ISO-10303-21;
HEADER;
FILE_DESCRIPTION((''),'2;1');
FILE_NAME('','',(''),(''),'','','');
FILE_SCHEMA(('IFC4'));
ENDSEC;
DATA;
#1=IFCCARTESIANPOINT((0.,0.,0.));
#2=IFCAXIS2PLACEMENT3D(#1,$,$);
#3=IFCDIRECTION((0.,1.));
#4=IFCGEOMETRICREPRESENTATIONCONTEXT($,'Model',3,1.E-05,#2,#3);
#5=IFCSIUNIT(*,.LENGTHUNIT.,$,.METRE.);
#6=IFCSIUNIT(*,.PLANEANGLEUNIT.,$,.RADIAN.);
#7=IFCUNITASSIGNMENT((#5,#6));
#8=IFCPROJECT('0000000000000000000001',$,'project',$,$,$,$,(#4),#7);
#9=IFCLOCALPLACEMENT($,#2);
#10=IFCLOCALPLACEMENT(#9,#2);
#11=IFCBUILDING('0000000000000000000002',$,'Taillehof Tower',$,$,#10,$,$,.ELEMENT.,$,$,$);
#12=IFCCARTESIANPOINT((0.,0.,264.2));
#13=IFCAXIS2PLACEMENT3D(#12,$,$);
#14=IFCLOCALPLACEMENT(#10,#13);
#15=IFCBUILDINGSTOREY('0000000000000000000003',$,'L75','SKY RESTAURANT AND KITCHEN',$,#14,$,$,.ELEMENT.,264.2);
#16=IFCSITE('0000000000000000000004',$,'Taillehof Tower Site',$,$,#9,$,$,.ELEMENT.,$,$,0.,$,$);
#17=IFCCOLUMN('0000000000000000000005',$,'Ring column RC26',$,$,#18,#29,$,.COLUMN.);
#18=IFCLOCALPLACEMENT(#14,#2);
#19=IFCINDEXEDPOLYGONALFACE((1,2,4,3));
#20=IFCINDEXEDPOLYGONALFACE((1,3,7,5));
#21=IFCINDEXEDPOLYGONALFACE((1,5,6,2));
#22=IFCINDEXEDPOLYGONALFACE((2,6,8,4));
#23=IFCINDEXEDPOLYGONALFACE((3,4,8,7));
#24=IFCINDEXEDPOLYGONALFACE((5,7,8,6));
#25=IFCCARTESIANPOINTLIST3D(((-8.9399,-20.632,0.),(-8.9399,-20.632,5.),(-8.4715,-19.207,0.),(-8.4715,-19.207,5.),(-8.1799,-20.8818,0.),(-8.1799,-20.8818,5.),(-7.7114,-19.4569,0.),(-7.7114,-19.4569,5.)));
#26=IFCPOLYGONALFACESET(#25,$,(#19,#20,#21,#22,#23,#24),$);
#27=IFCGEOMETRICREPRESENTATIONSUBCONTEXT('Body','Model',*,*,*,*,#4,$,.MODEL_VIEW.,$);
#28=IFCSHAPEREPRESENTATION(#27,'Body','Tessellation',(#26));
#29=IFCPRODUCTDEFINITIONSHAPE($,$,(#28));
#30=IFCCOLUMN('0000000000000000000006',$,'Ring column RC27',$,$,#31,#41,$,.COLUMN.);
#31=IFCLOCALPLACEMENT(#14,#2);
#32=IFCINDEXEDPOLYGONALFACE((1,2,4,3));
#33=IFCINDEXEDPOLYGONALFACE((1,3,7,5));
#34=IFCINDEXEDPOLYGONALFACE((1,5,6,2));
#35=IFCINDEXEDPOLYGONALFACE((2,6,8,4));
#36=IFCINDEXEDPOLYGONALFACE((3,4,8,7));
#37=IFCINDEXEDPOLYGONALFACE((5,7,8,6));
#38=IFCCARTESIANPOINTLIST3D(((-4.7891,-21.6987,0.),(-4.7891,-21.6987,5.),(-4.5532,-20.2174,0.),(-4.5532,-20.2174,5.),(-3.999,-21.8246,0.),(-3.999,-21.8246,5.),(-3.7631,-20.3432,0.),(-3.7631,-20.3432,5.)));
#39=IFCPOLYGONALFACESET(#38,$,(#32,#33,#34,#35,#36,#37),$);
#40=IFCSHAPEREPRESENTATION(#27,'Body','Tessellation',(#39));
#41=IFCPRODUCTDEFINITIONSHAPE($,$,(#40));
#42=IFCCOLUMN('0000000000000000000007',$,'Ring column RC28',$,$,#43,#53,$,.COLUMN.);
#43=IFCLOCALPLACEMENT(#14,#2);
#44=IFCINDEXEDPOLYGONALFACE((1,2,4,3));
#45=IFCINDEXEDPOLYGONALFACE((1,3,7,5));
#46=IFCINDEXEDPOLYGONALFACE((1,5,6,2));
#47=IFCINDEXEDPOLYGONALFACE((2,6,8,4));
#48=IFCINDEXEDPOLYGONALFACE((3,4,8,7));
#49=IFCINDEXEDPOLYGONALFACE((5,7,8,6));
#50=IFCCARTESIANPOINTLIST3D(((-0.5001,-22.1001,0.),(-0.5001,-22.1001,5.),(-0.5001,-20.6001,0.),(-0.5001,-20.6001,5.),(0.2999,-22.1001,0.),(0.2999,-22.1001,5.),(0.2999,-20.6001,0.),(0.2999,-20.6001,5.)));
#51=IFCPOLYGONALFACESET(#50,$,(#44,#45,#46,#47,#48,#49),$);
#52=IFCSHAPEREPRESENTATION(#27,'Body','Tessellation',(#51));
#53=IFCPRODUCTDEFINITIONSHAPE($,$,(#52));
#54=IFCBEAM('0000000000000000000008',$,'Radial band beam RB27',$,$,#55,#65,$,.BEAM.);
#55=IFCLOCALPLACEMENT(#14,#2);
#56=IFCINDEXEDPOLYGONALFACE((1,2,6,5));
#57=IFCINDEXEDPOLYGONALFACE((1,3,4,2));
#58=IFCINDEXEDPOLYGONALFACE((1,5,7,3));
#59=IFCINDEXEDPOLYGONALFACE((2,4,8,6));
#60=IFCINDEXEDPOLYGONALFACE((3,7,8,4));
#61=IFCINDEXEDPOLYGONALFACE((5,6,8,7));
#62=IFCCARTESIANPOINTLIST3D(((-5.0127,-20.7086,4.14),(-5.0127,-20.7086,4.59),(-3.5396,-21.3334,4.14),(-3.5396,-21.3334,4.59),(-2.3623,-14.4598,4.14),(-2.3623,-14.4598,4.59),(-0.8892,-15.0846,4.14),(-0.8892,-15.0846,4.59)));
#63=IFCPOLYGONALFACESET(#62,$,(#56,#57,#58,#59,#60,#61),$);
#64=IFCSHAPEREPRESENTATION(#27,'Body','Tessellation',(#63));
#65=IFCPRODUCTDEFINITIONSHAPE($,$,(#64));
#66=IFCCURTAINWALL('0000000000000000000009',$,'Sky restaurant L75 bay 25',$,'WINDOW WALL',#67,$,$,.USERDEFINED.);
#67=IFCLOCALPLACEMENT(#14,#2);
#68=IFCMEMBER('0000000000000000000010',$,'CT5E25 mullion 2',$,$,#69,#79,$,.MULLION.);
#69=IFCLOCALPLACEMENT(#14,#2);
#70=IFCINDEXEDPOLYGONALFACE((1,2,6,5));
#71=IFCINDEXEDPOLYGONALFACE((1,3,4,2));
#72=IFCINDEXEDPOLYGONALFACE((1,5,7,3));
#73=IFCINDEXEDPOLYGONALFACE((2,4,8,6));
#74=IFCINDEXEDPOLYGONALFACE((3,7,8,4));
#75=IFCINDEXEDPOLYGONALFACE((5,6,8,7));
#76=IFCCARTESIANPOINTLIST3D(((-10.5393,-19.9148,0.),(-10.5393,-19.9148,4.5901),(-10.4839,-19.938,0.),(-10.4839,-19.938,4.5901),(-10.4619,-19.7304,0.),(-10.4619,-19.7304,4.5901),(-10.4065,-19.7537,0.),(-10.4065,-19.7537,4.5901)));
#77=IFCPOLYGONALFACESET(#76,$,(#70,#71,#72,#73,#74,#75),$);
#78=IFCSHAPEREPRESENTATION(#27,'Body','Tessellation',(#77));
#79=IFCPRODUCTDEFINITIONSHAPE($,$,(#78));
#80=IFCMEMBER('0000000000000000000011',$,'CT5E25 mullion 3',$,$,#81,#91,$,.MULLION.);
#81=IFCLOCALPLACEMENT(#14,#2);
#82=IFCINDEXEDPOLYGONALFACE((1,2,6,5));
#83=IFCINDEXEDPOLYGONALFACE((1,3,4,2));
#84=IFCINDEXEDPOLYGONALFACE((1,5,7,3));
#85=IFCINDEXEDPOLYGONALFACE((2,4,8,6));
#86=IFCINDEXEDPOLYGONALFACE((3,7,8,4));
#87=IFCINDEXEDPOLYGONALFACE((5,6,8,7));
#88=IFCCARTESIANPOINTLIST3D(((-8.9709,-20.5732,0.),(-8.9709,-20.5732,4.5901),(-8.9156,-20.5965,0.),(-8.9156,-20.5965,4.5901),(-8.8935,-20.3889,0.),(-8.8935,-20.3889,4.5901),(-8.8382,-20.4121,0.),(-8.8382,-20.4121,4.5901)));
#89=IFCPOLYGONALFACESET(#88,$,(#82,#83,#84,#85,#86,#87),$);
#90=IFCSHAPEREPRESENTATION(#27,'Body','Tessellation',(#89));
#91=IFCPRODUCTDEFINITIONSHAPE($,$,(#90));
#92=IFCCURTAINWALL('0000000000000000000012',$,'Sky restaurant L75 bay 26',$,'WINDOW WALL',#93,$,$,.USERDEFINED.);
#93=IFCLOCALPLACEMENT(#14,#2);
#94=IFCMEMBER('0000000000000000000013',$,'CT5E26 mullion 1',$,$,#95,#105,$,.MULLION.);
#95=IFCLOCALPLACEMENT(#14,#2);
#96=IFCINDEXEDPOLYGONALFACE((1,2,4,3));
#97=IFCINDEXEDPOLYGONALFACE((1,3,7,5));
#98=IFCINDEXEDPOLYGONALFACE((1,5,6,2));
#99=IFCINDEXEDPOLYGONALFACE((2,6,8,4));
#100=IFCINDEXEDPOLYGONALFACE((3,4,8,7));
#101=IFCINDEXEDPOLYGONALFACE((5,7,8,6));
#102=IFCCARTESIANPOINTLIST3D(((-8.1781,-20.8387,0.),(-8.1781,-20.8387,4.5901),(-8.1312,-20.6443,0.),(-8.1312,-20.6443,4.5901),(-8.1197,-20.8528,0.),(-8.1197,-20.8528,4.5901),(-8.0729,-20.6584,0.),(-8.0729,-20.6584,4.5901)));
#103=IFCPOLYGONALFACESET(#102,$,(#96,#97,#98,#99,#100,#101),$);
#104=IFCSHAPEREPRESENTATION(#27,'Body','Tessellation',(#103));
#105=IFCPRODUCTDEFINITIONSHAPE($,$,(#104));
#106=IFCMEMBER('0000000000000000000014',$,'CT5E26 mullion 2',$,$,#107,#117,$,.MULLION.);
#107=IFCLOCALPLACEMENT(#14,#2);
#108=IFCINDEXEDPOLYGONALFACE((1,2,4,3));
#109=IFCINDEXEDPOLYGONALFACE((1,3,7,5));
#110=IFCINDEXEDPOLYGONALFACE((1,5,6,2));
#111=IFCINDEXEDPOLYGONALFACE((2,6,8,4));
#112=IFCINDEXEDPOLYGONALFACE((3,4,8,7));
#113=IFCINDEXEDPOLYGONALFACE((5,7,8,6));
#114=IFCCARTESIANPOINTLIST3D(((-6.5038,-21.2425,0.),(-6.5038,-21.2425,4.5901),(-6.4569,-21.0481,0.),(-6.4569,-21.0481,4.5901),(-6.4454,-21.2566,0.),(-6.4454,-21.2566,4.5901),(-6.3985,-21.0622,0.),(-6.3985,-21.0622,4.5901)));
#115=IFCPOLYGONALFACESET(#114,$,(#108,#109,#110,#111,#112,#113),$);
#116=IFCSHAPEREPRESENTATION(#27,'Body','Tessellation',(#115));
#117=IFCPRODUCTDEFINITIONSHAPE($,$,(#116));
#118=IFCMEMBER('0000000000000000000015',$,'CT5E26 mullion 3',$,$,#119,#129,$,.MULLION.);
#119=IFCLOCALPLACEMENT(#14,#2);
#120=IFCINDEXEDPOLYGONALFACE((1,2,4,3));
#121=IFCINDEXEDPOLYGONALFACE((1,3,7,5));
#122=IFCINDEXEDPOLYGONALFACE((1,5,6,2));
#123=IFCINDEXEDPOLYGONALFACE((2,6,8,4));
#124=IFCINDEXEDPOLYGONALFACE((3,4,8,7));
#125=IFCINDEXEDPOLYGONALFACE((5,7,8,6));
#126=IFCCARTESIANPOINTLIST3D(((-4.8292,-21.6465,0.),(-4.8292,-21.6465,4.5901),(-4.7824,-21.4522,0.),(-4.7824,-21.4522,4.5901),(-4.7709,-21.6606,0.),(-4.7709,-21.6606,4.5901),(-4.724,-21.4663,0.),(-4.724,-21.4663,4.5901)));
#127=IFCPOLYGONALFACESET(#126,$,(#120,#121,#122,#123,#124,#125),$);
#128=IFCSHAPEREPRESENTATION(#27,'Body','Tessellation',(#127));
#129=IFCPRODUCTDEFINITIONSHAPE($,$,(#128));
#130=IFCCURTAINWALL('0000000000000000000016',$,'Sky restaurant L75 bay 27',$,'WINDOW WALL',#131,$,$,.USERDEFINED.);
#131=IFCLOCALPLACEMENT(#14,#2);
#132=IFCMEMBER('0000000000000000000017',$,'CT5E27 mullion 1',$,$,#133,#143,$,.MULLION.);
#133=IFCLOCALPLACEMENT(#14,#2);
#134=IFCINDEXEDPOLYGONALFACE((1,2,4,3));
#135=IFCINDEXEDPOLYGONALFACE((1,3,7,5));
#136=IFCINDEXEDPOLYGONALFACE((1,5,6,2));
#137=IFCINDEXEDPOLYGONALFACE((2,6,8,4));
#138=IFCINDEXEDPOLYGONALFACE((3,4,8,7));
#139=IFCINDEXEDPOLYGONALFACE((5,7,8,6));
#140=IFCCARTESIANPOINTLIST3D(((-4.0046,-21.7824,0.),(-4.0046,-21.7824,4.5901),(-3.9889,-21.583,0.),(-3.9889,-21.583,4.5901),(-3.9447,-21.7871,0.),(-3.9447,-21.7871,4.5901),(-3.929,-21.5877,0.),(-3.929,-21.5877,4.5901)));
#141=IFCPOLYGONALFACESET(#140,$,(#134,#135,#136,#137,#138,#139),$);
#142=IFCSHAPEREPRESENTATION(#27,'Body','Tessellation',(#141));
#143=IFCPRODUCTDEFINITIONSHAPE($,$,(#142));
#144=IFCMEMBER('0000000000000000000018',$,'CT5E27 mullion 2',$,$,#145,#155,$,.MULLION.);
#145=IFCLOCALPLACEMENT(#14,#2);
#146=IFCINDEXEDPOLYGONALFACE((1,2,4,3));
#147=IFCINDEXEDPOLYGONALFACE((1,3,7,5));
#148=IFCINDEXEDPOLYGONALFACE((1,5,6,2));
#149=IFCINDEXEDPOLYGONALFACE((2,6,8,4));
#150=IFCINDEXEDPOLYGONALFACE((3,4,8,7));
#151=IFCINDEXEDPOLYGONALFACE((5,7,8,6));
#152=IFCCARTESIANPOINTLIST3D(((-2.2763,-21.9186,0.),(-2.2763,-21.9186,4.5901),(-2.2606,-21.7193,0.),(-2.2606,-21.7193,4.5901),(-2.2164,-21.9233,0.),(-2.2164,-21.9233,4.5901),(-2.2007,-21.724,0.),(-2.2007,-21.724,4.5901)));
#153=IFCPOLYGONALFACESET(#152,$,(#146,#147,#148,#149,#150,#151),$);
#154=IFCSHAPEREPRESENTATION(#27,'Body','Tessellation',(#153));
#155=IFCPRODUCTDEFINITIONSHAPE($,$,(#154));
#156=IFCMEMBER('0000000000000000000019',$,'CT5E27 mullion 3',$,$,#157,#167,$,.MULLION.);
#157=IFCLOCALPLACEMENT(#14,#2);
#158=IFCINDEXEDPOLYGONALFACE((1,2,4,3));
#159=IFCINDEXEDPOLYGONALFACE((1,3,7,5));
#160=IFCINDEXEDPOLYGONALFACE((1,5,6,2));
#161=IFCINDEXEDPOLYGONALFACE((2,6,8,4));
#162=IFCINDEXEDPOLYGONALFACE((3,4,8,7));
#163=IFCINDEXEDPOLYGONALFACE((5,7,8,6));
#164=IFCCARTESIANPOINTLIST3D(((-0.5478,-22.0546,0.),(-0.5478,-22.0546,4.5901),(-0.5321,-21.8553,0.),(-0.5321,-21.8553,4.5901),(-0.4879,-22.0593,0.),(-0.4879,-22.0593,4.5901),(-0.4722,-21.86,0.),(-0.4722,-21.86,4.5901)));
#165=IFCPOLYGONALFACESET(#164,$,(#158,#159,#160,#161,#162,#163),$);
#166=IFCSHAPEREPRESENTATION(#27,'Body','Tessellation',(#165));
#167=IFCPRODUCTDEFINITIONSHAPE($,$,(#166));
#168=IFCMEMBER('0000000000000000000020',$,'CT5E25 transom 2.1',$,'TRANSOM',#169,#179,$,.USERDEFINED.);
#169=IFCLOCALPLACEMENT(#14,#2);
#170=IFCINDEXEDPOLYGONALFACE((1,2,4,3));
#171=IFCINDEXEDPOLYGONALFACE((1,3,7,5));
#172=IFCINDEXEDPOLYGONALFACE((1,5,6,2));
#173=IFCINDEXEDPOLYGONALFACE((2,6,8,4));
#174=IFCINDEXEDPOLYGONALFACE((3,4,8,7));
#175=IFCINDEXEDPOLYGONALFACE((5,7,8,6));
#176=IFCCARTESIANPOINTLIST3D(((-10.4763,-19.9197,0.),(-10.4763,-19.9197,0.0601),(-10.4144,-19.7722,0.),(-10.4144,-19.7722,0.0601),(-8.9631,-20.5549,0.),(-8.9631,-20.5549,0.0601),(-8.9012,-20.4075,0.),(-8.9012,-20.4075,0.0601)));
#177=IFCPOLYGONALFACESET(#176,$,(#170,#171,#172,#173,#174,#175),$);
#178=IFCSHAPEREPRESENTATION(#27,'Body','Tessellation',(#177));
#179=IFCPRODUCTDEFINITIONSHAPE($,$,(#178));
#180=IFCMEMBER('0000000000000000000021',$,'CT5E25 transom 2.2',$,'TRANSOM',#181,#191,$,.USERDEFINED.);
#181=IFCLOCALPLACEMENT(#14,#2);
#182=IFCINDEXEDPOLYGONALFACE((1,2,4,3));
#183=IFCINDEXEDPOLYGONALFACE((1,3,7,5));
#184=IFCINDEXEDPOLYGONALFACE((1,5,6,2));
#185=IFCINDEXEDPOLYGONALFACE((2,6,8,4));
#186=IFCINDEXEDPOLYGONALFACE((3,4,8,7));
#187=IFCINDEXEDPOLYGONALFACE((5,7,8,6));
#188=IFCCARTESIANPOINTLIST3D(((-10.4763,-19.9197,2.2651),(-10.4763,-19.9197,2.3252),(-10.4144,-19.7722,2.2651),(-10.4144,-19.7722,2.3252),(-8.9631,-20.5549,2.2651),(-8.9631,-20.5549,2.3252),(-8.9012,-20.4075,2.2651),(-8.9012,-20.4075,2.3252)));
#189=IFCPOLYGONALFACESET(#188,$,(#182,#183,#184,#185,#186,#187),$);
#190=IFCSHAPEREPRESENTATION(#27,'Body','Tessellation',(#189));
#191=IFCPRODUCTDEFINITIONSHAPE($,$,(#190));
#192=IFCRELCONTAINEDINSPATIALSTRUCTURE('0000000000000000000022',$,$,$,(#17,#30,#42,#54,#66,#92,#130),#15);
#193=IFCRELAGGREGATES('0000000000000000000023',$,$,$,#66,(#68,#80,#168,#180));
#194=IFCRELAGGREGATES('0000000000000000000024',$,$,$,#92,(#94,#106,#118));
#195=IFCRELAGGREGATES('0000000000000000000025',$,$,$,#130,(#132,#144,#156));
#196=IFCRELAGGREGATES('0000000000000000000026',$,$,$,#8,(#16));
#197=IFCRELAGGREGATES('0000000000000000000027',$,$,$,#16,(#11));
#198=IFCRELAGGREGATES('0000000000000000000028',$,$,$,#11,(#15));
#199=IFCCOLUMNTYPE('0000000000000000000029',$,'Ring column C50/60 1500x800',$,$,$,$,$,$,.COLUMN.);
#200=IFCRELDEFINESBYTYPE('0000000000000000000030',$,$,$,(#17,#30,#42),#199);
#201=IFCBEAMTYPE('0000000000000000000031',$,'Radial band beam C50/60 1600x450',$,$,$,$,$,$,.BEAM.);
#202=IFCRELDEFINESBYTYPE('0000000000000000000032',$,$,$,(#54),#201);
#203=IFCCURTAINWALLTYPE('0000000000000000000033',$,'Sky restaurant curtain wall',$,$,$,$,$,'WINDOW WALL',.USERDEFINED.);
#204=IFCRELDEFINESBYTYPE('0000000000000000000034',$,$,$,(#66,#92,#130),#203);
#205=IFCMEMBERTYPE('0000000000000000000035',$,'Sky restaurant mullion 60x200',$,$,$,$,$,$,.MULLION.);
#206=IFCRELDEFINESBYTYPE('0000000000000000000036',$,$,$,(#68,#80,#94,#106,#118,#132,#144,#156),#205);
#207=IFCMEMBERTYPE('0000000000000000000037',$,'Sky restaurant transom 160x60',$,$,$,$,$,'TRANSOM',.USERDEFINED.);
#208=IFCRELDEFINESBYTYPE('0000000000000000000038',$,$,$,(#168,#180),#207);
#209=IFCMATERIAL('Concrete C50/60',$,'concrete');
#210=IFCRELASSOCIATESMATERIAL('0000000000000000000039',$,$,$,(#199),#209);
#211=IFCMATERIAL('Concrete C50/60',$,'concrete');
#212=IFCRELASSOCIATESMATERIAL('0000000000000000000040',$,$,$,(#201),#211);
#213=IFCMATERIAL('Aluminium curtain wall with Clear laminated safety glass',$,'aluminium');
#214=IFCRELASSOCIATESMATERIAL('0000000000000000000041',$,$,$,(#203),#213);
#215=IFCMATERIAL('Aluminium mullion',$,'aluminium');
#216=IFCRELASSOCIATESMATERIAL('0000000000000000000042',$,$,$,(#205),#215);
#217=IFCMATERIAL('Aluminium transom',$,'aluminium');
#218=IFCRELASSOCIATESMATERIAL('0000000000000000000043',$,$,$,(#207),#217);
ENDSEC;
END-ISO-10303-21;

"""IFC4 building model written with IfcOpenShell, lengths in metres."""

from ifc_helpers import new_model, si_unit, direction, frame, origin, origin_2d, place, context, subcontext, project, spatial, rectangle, extrude, material, material_profile, profile_set, type_object, element, aggregate, save


model = new_model("IFC4")

# Units and contexts
model_context = context("Model", 3, precision=1e-05, world=origin(), true_north=direction((0.0, 1.0)))
body_context = subcontext(model_context, "Body", "Model", "MODEL_VIEW")
ifc_project = project(units=[si_unit("LENGTHUNIT", "METRE"), si_unit("PLANEANGLEUNIT", "RADIAN")], contexts=[model_context])

# Site, building, storey
site_placement = place(None, origin())
site = spatial("IfcSite", under=ifc_project, at=site_placement, Name="Taillehof Tower Site", CompositionType="ELEMENT", RefElevation=0.0)
building_placement = place(site_placement, origin())
building = spatial("IfcBuilding", under=site, at=building_placement, Name="Taillehof Tower", CompositionType="ELEMENT")
storey_placement = place(building_placement, frame((0.0, 0.0, 264.2)))
storey = spatial("IfcBuildingStorey", under=building, at=storey_placement, Name="L75", Description="SKY RESTAURANT AND KITCHEN", CompositionType="ELEMENT", Elevation=264.2)

# Columns
ifc_material_1 = material(Name="Concrete C50/60", Category="concrete")
ifc_material_profile_1 = material_profile(ifc_material_1, rectangle(XDim=1.5, YDim=0.8, at=origin_2d()), Name="RC 1500x800")
ifc_profile_set_1 = profile_set([ifc_material_profile_1], Name="Concrete C50/60")
column_type = type_object("IfcColumnType", Name="Ring column C50/60 1500x800", PredefinedType="COLUMN", material=ifc_profile_set_1)
for number, where, z_axis, x_axis, name in (
    (1, (-8.3257, -20.0444, 0.0), (0.0, 0.0, 1.0), (-0.312304, -0.949982, 0.0), "Ring column RC26"),
    (2, (-4.2761, -21.021, 0.0), (0.0, 0.0, 1.0), (-0.157281, -0.987554, 0.0), "Ring column RC27"),
    (3, (-0.1001, -21.3501, 0.0), (0.0, 0.0, 1.0), (0.0, -1.0, 0.0), "Ring column RC28"),
):
    element("IfcColumn", number, at=place(storey_placement, frame(where, z_axis=z_axis, x_axis=x_axis)), inside=storey, type_object=column_type, Name=name, PredefinedType="COLUMN", context=body_context, shape_type="SweptSolid", body=[
        extrude(rectangle(XDim=1.5, YDim=0.8, at=origin_2d()), origin(), (0.0, 0.0, 1.0), 5.0),
    ])

# Beam
ifc_material_2 = material(Name="Concrete C50/60", Category="concrete")
ifc_material_profile_2 = material_profile(ifc_material_2, rectangle(XDim=1.6001, YDim=0.45, at=origin_2d()), Name="RC 1600x450")
ifc_profile_set_2 = profile_set([ifc_material_profile_2], Name="Concrete C50/60")
beam_type_1 = type_object("IfcBeamType", Name="Radial band beam C50/60 1600x450", PredefinedType="BEAM", material=ifc_profile_set_2)
beam_1_placement = place(storey_placement, frame((-4.2761, -21.021, 4.365), z_axis=(0.390474, 0.920614, 0.0), x_axis=(-0.920614, 0.390474, 0.0)))
element("IfcBeam", 4, at=beam_1_placement, inside=storey, type_object=beam_type_1, Name="Radial band beam RB27", PredefinedType="BEAM", context=body_context, shape_type="SweptSolid", body=[
    extrude(rectangle(XDim=1.6001, YDim=0.45, at=origin_2d()), origin(), (0.0, 0.0, 1.0), 6.7876),
])

# Curtain walls, members
ifc_material_3 = material(Name="Aluminium curtain wall with Clear laminated safety glass", Category="aluminium")
curtain_wall_type = type_object("IfcCurtainWallType", Name="Sky restaurant curtain wall", ElementType="WINDOW WALL", PredefinedType="USERDEFINED", material=ifc_material_3)
curtain_wall_1_placement = place(storey_placement, origin())
curtain_wall_1 = element("IfcCurtainWall", 5, at=curtain_wall_1_placement, inside=storey, type_object=curtain_wall_type, Name="Sky restaurant L75 bay 25", ObjectType="WINDOW WALL", PredefinedType="USERDEFINED")
ifc_material_4 = material(Name="Aluminium mullion", Category="aluminium")
ifc_material_profile_3 = material_profile(ifc_material_4, rectangle(XDim=0.2, YDim=0.0601, at=origin_2d()), Name="AL 60x200")
ifc_profile_set_3 = profile_set([ifc_material_profile_3], Name="Aluminium mullion")
member_type_1 = type_object("IfcMemberType", Name="Sky restaurant mullion 60x200", PredefinedType="MULLION", material=ifc_profile_set_3)
member_1_placement = place(storey_placement, frame((-10.4729, -19.8342, 0.0), z_axis=(0.0, 0.0, 1.0), x_axis=(0.387101, 0.922037, 0.0)))
member_1 = element("IfcMember", 6, at=member_1_placement, type_object=member_type_1, Name="CT5E25 mullion 2", PredefinedType="MULLION", context=body_context, shape_type="SweptSolid", body=[
    extrude(rectangle(XDim=0.2, YDim=0.0601, at=origin_2d()), origin(), (0.0, 0.0, 1.0), 4.5901),
])
member_2_placement = place(storey_placement, frame((-8.9045, -20.4927, 0.0), z_axis=(0.0, 0.0, 1.0), x_axis=(0.387101, 0.922037, 0.0)))
member_2 = element("IfcMember", 7, at=member_2_placement, type_object=member_type_1, Name="CT5E25 mullion 3", PredefinedType="MULLION", context=body_context, shape_type="SweptSolid", body=[
    extrude(rectangle(XDim=0.2, YDim=0.0601, at=origin_2d()), origin(), (0.0, 0.0, 1.0), 4.5901),
])
curtain_wall_2_placement = place(storey_placement, origin())
curtain_wall_2 = element("IfcCurtainWall", 8, at=curtain_wall_2_placement, inside=storey, type_object=curtain_wall_type, Name="Sky restaurant L75 bay 26", ObjectType="WINDOW WALL", PredefinedType="USERDEFINED")
member_3_placement = place(storey_placement, frame((-8.1255, -20.7485, 0.0), z_axis=(0.0, 0.0, 1.0), x_axis=(0.234515, 0.972113, 0.0)))
member_3 = element("IfcMember", 9, at=member_3_placement, type_object=member_type_1, Name="CT5E26 mullion 1", PredefinedType="MULLION", context=body_context, shape_type="SweptSolid", body=[
    extrude(rectangle(XDim=0.2, YDim=0.0601, at=origin_2d()), origin(), (0.0, 0.0, 1.0), 4.5901),
])
member_4_placement = place(storey_placement, frame((-6.4512, -21.1523, 0.0), z_axis=(0.0, 0.0, 1.0), x_axis=(0.234515, 0.972113, 0.0)))
member_4 = element("IfcMember", 10, at=member_4_placement, type_object=member_type_1, Name="CT5E26 mullion 2", PredefinedType="MULLION", context=body_context, shape_type="SweptSolid", body=[
    extrude(rectangle(XDim=0.2, YDim=0.0601, at=origin_2d()), origin(), (0.0, 0.0, 1.0), 4.5901),
])
member_5_placement = place(storey_placement, frame((-4.7766, -21.5564, 0.0), z_axis=(0.0, 0.0, 1.0), x_axis=(0.234515, 0.972113, 0.0)))
member_5 = element("IfcMember", 11, at=member_5_placement, type_object=member_type_1, Name="CT5E26 mullion 3", PredefinedType="MULLION", context=body_context, shape_type="SweptSolid", body=[
    extrude(rectangle(XDim=0.2, YDim=0.0601, at=origin_2d()), origin(), (0.0, 0.0, 1.0), 4.5901),
])
curtain_wall_3_placement = place(storey_placement, origin())
curtain_wall_3 = element("IfcCurtainWall", 12, at=curtain_wall_3_placement, inside=storey, type_object=curtain_wall_type, Name="Sky restaurant L75 bay 27", ObjectType="WINDOW WALL", PredefinedType="USERDEFINED")
member_6_placement = place(storey_placement, frame((-3.9668, -21.6851, 0.0), z_axis=(0.0, 0.0, 1.0), x_axis=(0.078525, 0.996912, 0.0)))
member_6 = element("IfcMember", 13, at=member_6_placement, type_object=member_type_1, Name="CT5E27 mullion 1", PredefinedType="MULLION", context=body_context, shape_type="SweptSolid", body=[
    extrude(rectangle(XDim=0.2, YDim=0.0601, at=origin_2d()), origin(), (0.0, 0.0, 1.0), 4.5901),
])
member_7_placement = place(storey_placement, frame((-2.2385, -21.8213, 0.0), z_axis=(0.0, 0.0, 1.0), x_axis=(0.078525, 0.996912, 0.0)))
member_7 = element("IfcMember", 14, at=member_7_placement, type_object=member_type_1, Name="CT5E27 mullion 2", PredefinedType="MULLION", context=body_context, shape_type="SweptSolid", body=[
    extrude(rectangle(XDim=0.2, YDim=0.0601, at=origin_2d()), origin(), (0.0, 0.0, 1.0), 4.5901),
])
member_8_placement = place(storey_placement, frame((-0.51, -21.9573, 0.0), z_axis=(0.0, 0.0, 1.0), x_axis=(0.078525, 0.996912, 0.0)))
member_8 = element("IfcMember", 15, at=member_8_placement, type_object=member_type_1, Name="CT5E27 mullion 3", PredefinedType="MULLION", context=body_context, shape_type="SweptSolid", body=[
    extrude(rectangle(XDim=0.2, YDim=0.0601, at=origin_2d()), origin(), (0.0, 0.0, 1.0), 4.5901),
])

# Members
ifc_material_5 = material(Name="Aluminium transom", Category="aluminium")
ifc_material_profile_4 = material_profile(ifc_material_5, rectangle(XDim=0.1599, YDim=0.0601, at=origin_2d()), Name="AL 160x60")
ifc_profile_set_4 = profile_set([ifc_material_profile_4], Name="Aluminium transom")
member_type_2 = type_object("IfcMemberType", Name="Sky restaurant transom 160x60", ElementType="TRANSOM", PredefinedType="USERDEFINED", material=ifc_profile_set_4)
member_9_placement = place(storey_placement, frame((-10.4453, -19.8459, 0.03), z_axis=(0.922044, -0.387086, 0.0), x_axis=(0.387086, 0.922044, 0.0)))
member_9 = element("IfcMember", 16, at=member_9_placement, type_object=member_type_2, Name="CT5E25 transom 2.1", ObjectType="TRANSOM", PredefinedType="USERDEFINED", context=body_context, shape_type="SweptSolid", body=[
    extrude(rectangle(XDim=0.1599, YDim=0.0601, at=origin_2d()), origin(), (0.0, 0.0, 1.0), 1.6411),
])
member_10_placement = place(storey_placement, frame((-10.4453, -19.8459, 2.2952), z_axis=(0.922044, -0.387086, 0.0), x_axis=(0.387086, 0.922044, 0.0)))
member_10 = element("IfcMember", 17, at=member_10_placement, type_object=member_type_2, Name="CT5E25 transom 2.2", ObjectType="TRANSOM", PredefinedType="USERDEFINED", context=body_context, shape_type="SweptSolid", body=[
    extrude(rectangle(XDim=0.1599, YDim=0.0601, at=origin_2d()), origin(), (0.0, 0.0, 1.0), 1.6411),
])

aggregate(curtain_wall_1, [member_1, member_2, member_9, member_10])
aggregate(curtain_wall_2, [member_3, member_4, member_5])
aggregate(curtain_wall_3, [member_6, member_7, member_8])

save(model, "model.ifc")
